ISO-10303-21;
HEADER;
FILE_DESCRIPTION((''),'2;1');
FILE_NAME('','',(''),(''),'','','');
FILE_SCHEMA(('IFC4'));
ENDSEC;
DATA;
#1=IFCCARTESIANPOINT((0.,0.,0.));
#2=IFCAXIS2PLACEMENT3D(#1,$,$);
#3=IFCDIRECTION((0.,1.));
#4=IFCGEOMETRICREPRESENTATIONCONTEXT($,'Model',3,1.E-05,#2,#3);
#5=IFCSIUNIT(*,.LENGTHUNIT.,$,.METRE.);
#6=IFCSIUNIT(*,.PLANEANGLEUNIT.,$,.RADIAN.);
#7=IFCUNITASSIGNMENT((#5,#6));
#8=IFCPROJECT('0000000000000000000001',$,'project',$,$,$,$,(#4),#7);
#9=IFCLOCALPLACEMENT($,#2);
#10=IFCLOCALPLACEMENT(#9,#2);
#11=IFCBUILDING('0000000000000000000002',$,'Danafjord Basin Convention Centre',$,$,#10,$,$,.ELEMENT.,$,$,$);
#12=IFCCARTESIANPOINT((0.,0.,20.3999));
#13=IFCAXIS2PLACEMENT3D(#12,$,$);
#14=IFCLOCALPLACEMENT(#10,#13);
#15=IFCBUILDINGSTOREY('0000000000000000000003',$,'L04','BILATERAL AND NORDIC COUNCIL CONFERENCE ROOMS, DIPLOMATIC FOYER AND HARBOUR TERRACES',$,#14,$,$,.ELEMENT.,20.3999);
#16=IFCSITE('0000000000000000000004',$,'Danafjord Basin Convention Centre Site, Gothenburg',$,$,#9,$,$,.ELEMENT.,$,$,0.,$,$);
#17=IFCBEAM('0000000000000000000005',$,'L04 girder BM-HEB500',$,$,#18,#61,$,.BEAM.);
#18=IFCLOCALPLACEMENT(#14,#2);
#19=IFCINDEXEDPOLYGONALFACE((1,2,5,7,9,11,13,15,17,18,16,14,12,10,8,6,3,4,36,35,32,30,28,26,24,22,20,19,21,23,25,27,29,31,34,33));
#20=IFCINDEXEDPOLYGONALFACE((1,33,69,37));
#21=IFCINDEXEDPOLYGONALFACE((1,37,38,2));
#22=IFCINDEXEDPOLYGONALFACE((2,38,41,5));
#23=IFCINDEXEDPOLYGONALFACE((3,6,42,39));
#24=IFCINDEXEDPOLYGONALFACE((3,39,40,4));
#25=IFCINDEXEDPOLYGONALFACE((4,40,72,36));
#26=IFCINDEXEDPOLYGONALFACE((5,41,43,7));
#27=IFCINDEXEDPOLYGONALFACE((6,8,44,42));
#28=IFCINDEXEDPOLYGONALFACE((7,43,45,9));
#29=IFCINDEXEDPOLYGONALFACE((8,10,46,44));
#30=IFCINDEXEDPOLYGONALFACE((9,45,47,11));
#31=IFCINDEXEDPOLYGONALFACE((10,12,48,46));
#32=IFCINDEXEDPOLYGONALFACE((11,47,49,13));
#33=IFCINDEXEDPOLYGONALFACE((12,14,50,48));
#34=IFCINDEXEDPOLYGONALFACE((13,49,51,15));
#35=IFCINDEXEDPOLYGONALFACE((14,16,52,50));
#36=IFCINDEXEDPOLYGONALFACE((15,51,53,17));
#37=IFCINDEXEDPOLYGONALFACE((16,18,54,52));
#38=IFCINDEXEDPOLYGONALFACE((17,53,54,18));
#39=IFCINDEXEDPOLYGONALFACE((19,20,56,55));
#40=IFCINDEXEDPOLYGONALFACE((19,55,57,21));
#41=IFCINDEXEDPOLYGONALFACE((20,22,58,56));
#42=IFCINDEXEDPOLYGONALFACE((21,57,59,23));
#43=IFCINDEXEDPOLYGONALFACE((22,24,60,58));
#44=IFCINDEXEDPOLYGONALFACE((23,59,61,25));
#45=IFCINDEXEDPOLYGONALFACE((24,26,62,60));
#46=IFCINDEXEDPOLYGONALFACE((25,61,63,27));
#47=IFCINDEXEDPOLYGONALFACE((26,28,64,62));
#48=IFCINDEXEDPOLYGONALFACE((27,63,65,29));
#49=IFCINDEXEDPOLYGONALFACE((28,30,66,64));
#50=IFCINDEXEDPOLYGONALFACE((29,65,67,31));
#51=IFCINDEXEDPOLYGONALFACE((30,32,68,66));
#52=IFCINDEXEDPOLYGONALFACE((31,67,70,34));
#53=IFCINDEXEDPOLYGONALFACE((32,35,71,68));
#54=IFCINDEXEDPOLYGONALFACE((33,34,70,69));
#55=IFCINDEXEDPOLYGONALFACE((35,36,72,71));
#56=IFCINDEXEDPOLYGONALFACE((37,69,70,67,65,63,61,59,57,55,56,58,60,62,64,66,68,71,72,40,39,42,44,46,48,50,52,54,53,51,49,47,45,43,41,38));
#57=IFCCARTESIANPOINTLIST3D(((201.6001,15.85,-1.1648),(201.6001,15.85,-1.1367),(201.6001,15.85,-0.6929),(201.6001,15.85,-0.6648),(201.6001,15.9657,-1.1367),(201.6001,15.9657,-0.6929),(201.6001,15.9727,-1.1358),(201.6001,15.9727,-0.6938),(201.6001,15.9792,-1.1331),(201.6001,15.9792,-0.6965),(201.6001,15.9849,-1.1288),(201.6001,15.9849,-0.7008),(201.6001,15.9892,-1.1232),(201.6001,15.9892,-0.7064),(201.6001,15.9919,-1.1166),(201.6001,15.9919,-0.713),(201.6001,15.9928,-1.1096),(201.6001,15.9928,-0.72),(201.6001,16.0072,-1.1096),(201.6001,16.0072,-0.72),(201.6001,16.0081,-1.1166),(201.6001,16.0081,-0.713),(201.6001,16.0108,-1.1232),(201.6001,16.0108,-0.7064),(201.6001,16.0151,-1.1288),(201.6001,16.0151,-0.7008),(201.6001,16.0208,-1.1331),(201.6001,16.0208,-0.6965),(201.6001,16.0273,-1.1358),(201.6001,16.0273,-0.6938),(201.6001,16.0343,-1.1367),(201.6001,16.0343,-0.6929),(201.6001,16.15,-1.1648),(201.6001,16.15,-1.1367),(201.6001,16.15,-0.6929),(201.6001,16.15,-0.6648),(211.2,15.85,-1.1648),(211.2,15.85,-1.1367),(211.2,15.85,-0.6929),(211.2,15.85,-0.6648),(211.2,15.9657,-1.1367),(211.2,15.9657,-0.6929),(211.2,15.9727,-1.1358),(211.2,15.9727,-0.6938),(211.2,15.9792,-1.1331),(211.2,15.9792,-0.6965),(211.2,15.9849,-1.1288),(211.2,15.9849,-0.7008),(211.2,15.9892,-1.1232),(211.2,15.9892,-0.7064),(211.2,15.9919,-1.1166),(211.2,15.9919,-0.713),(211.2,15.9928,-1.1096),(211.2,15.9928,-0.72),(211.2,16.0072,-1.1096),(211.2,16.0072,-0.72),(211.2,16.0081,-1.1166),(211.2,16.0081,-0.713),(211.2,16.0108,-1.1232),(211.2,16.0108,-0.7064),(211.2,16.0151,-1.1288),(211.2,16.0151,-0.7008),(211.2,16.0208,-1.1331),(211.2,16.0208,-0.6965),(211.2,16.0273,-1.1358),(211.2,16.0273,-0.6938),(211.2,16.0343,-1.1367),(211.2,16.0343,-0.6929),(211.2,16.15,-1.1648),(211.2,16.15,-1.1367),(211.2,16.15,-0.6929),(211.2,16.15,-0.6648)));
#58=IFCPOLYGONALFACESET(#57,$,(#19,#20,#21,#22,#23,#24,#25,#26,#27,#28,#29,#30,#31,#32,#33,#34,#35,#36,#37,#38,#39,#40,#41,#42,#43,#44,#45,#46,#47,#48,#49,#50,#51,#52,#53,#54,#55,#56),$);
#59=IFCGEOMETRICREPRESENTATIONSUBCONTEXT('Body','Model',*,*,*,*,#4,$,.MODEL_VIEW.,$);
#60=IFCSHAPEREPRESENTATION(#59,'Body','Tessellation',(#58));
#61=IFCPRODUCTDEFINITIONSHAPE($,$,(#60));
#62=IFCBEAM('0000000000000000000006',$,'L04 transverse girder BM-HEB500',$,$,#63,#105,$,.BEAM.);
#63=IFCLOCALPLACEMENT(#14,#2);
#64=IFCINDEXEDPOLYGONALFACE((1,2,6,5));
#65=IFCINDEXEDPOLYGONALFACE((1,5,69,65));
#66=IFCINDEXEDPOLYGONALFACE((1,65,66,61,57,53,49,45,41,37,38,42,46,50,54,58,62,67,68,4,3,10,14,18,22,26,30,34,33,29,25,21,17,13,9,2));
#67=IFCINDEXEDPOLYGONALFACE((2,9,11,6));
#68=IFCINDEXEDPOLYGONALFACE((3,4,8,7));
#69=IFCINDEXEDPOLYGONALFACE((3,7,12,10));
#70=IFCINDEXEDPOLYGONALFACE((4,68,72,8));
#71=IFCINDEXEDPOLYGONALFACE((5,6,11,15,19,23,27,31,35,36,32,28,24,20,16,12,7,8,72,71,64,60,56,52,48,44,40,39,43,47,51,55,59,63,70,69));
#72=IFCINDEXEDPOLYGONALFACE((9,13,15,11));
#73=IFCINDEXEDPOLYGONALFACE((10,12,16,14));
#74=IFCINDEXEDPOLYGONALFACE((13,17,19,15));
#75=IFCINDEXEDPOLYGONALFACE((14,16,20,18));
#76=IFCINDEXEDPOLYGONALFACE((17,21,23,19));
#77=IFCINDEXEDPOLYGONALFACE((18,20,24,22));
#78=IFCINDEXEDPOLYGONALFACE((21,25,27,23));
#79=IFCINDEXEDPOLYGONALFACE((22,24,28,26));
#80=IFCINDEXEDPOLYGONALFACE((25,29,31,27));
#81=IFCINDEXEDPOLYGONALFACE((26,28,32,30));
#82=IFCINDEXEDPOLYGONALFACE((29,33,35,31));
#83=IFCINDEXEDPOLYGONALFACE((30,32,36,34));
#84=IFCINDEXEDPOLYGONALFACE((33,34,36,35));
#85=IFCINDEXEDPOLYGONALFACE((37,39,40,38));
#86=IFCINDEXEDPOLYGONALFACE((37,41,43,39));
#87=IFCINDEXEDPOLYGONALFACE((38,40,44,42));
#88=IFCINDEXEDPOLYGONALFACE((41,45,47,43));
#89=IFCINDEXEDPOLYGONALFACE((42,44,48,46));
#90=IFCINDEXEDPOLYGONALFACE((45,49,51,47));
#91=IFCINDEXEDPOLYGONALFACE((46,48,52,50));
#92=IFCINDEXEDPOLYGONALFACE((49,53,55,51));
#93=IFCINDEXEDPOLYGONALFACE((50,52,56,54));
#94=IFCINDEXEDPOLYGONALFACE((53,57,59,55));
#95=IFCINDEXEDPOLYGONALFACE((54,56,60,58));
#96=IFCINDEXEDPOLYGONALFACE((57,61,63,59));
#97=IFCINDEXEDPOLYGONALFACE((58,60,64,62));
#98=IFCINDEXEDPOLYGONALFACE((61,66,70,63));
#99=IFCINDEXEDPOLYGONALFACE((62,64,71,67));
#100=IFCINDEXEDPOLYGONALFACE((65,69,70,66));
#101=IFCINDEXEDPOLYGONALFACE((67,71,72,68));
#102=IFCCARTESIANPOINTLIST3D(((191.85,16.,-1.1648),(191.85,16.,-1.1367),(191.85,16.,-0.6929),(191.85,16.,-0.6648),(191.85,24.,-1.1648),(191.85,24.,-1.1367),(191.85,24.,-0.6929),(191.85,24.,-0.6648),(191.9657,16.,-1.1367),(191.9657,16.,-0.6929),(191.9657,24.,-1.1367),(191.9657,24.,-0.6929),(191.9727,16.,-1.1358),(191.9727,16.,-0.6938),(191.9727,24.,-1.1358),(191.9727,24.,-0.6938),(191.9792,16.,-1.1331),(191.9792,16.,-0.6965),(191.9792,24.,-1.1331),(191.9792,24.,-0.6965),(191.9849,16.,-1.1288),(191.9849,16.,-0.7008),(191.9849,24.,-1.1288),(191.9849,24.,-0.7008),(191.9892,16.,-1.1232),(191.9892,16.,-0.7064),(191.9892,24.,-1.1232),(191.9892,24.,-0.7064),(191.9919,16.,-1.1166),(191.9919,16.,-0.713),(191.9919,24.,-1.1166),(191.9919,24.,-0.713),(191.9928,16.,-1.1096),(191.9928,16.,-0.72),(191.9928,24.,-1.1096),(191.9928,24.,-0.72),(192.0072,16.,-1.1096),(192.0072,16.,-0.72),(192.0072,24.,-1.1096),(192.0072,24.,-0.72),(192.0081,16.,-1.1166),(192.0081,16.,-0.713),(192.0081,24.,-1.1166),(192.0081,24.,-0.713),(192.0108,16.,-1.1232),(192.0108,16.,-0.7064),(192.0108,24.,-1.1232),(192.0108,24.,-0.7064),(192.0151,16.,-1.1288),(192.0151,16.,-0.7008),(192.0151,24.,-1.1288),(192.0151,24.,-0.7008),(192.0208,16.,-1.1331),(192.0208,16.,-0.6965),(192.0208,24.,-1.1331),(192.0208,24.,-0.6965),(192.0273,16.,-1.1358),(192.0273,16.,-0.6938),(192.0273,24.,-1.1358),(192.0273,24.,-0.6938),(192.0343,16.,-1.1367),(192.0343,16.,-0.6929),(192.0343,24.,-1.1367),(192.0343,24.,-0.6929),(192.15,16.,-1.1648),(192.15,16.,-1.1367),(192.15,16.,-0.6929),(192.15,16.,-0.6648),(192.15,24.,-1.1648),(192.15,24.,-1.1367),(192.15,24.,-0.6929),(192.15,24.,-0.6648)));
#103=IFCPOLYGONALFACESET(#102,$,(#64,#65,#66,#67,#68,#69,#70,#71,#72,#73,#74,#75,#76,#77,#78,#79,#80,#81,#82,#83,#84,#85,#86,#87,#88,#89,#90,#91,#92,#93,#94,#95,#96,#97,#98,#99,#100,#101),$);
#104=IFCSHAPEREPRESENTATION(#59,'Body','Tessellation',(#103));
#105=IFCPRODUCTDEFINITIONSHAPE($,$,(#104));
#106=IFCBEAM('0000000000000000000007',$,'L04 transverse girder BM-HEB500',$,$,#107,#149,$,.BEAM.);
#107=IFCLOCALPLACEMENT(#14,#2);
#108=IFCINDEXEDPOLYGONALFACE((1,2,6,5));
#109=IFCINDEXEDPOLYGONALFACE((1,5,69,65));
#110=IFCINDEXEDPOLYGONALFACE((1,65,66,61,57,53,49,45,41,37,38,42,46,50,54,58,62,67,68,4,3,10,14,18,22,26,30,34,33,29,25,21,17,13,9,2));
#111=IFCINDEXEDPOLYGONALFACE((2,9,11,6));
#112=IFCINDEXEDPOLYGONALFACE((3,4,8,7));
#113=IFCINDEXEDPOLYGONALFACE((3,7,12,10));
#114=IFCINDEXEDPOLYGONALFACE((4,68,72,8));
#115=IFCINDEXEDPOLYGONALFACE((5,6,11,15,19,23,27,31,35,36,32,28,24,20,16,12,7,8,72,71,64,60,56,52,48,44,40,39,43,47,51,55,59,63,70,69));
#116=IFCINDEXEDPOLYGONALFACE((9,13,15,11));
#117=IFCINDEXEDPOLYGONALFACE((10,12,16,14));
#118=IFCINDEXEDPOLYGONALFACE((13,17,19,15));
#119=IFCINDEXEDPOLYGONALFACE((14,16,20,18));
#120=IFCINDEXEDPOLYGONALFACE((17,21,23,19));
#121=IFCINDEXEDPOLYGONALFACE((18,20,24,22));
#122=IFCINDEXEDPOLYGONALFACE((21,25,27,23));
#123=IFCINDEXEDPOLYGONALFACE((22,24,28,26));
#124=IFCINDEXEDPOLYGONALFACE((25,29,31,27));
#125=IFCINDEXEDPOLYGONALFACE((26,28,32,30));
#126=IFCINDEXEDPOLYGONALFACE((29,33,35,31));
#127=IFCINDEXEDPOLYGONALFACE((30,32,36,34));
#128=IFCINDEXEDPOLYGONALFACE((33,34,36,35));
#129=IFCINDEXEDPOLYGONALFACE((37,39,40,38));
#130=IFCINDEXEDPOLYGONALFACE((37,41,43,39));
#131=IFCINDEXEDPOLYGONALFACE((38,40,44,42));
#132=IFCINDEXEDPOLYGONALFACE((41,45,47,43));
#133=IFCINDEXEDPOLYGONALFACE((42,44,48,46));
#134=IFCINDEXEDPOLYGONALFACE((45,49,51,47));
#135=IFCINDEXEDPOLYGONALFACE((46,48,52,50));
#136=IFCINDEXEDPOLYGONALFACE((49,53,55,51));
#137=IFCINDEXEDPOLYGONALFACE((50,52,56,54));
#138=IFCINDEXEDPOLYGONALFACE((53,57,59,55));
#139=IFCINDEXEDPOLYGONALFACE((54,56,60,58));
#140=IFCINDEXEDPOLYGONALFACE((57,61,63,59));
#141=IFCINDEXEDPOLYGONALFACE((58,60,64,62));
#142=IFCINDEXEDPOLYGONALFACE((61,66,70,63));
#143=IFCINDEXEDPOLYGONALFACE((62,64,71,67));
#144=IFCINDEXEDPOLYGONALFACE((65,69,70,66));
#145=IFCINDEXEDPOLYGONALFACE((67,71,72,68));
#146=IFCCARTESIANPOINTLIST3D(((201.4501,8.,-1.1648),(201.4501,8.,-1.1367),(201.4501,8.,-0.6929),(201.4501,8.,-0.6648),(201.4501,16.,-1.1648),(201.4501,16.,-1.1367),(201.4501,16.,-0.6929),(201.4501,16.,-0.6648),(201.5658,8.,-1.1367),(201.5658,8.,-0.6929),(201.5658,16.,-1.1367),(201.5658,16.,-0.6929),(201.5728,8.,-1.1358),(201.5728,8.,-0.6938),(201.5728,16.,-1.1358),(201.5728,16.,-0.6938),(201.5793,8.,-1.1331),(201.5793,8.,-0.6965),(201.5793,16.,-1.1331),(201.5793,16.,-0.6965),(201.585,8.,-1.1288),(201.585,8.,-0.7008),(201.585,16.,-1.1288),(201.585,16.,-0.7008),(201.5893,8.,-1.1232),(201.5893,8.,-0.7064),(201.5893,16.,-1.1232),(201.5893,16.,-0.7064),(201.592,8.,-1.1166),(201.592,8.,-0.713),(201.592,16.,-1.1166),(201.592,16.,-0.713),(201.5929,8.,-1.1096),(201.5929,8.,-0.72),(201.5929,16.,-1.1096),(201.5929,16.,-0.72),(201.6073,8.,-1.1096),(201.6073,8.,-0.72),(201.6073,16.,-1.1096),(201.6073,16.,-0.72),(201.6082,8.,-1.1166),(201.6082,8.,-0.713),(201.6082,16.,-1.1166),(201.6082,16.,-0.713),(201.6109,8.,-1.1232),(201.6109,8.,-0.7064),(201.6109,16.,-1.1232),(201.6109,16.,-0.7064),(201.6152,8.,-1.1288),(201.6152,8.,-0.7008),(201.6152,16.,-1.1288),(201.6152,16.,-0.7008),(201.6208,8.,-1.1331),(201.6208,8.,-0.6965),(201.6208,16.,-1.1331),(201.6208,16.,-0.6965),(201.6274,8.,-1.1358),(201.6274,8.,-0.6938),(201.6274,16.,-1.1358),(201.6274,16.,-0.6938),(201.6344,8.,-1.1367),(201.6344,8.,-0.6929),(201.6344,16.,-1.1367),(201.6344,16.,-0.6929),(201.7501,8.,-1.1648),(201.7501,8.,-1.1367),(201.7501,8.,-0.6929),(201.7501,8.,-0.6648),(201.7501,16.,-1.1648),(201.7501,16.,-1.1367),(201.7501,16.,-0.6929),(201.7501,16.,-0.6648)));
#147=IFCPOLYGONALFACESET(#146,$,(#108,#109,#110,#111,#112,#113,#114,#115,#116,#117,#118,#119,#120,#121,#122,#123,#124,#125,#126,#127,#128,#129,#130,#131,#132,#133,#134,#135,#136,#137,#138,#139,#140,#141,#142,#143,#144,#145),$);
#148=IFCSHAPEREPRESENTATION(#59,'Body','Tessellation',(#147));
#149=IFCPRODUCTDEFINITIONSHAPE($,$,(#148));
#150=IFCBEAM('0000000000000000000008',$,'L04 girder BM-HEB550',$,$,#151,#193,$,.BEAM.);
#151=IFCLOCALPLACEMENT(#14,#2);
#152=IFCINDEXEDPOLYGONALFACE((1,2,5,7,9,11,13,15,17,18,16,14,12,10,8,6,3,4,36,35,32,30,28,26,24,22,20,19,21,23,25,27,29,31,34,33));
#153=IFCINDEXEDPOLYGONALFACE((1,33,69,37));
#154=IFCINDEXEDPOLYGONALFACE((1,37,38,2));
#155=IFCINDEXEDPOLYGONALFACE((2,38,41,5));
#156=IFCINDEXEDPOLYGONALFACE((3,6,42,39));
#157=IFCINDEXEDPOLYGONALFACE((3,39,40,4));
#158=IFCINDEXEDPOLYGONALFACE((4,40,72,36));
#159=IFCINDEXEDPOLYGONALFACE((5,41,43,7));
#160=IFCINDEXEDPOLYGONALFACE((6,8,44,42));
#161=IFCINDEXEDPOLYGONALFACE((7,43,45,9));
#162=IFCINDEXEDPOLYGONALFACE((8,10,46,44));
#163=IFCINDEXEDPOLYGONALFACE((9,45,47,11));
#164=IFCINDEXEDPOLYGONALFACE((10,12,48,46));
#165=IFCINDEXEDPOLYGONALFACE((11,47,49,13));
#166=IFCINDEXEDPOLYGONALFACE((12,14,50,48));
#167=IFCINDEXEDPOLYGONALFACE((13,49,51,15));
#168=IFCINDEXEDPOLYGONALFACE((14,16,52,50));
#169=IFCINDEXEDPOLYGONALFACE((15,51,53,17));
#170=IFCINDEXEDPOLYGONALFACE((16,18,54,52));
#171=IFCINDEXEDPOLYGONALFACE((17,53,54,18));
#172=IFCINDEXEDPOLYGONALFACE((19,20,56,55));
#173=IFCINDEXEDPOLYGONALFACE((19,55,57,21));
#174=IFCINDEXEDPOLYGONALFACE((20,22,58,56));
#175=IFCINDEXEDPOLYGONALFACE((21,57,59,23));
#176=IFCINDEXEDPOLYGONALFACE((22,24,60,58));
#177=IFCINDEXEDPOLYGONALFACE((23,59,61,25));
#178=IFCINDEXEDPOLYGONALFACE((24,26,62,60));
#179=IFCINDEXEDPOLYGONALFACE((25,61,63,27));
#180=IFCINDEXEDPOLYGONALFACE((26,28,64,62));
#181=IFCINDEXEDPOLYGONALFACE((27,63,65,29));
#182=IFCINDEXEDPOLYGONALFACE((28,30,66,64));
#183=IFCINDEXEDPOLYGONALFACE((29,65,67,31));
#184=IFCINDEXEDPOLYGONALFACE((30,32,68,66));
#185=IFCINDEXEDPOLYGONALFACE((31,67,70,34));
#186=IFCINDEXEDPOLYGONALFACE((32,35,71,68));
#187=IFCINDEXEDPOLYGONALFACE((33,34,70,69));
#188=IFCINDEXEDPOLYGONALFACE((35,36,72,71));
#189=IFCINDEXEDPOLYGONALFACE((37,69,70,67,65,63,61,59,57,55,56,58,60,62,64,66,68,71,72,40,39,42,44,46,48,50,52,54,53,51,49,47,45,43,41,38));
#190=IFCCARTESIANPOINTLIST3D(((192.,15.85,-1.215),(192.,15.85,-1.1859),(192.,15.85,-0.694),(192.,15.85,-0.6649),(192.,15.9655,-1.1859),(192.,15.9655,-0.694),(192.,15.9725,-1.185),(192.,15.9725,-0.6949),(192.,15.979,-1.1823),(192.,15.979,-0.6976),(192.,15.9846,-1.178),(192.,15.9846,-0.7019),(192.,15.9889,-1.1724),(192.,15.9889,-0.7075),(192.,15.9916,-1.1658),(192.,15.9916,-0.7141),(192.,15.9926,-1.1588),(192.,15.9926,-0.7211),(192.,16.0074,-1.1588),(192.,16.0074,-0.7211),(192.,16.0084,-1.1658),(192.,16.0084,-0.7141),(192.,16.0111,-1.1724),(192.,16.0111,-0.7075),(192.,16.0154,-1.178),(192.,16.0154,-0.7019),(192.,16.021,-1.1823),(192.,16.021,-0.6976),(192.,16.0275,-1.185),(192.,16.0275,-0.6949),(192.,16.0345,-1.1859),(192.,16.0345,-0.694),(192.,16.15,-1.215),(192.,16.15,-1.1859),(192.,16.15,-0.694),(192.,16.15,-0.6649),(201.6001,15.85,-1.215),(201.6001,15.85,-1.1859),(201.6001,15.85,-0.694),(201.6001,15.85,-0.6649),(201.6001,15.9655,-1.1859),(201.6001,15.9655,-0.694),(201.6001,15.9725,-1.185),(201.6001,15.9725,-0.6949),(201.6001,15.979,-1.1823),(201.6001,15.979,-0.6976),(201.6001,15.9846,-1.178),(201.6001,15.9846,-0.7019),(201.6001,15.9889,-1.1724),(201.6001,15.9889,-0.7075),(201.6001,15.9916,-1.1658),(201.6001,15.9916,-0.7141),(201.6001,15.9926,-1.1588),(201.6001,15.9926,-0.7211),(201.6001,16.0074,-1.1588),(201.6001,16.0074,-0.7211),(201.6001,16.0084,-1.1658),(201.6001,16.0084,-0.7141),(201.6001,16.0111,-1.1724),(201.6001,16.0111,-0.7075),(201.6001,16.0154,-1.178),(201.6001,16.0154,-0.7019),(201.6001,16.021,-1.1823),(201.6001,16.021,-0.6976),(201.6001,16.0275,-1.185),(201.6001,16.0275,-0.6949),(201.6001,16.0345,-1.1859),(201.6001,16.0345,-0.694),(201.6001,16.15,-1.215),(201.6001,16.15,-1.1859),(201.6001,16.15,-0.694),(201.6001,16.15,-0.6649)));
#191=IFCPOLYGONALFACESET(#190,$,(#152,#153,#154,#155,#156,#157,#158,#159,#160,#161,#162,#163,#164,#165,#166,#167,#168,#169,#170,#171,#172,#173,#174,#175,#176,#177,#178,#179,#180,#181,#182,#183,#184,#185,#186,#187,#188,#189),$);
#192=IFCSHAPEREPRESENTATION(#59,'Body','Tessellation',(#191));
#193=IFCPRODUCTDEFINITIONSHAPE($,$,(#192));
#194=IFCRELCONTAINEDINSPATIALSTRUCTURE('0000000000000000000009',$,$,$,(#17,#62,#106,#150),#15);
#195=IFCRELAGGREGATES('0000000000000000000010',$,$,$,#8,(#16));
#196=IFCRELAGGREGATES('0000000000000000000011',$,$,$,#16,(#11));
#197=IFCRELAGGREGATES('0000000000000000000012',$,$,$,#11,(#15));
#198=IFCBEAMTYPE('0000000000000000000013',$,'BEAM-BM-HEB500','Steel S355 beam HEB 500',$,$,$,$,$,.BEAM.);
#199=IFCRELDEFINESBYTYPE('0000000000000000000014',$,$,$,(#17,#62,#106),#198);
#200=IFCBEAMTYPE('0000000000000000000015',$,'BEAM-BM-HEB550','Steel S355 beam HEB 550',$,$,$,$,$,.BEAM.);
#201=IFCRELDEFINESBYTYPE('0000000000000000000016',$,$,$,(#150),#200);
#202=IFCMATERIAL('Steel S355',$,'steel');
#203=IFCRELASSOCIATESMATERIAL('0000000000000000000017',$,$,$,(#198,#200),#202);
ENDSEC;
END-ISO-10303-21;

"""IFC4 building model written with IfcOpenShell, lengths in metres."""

from ifc_helpers import new_model, si_unit, direction, frame, origin, origin_2d, place, context, subcontext, project, spatial, i_section, extrude, material, material_profile, profile_set, type_object, element, save


model = new_model("IFC4")

# Units and contexts
model_context = context("Model", 3, precision=1e-05, world=origin(), true_north=direction((0.0, 1.0)))
body_context = subcontext(model_context, "Body", "Model", "MODEL_VIEW")
ifc_project = project(units=[si_unit("LENGTHUNIT", "METRE"), si_unit("PLANEANGLEUNIT", "RADIAN")], contexts=[model_context])

# Site, building, storey
site_placement = place(None, origin())
site = spatial("IfcSite", under=ifc_project, at=site_placement, Name="Danafjord Basin Convention Centre Site, Gothenburg", CompositionType="ELEMENT", RefElevation=0.0)
building_placement = place(site_placement, origin())
building = spatial("IfcBuilding", under=site, at=building_placement, Name="Danafjord Basin Convention Centre", CompositionType="ELEMENT")
storey_placement = place(building_placement, frame((0.0, 0.0, 20.3999)))
storey = spatial("IfcBuildingStorey", under=building, at=storey_placement, Name="L04", Description="BILATERAL AND NORDIC COUNCIL CONFERENCE ROOMS, DIPLOMATIC FOYER AND HARBOUR TERRACES", CompositionType="ELEMENT", Elevation=20.3999)

# Beams
ifc_material_1 = material(Name="Steel S355", Category="steel")
ifc_material_profile_1 = material_profile(ifc_material_1, i_section(OverallWidth=0.3, OverallDepth=0.5, WebThickness=0.0144, FlangeThickness=0.0281, FilletRadius=0.0271, at=origin_2d()), Name="HEB 500")
ifc_profile_set_1 = profile_set([ifc_material_profile_1], Name="Steel S355")
beam_type_1 = type_object("IfcBeamType", Name="BEAM-BM-HEB500", Description="Steel S355 beam HEB 500", PredefinedType="BEAM", material=ifc_profile_set_1)
beam_1_placement = place(storey_placement, frame((201.6001, 16.0, -0.9148), z_axis=(1.0, 0.0, 0.0), x_axis=(0.0, 1.0, 0.0)))
element("IfcBeam", 1, at=beam_1_placement, inside=storey, type_object=beam_type_1, Name="L04 girder BM-HEB500", PredefinedType="BEAM", context=body_context, shape_type="SweptSolid", body=[
    extrude(i_section(OverallWidth=0.3, OverallDepth=0.5, WebThickness=0.0144, FlangeThickness=0.0281, FilletRadius=0.0271, at=origin_2d()), origin(), (0.0, 0.0, 1.0), 9.5999),
])
for number, where, z_axis, x_axis, name in (
    (2, (192.0, 16.0, -0.9148), (0.0, 1.0, 0.0), (-1.0, 0.0, 0.0), "L04 transverse girder BM-HEB500"),
    (3, (201.6001, 8.0, -0.9148), (0.0, 1.0, 0.0), (-1.0, 0.0, 0.0), "L04 transverse girder BM-HEB500"),
):
    element("IfcBeam", number, at=place(storey_placement, frame(where, z_axis=z_axis, x_axis=x_axis)), inside=storey, type_object=beam_type_1, Name=name, PredefinedType="BEAM", context=body_context, shape_type="SweptSolid", body=[
        extrude(i_section(OverallWidth=0.3, OverallDepth=0.5, WebThickness=0.0144, FlangeThickness=0.0281, FilletRadius=0.0271, at=origin_2d()), origin(), (0.0, 0.0, 1.0), 8.0),
    ])
ifc_material_profile_2 = material_profile(ifc_material_1, i_section(OverallWidth=0.3, OverallDepth=0.55, WebThickness=0.0149, FlangeThickness=0.0291, FilletRadius=0.0271, at=origin_2d()), Name="HEB 550")
ifc_profile_set_2 = profile_set([ifc_material_profile_2], Name="Steel S355")
beam_type_2 = type_object("IfcBeamType", Name="BEAM-BM-HEB550", Description="Steel S355 beam HEB 550", PredefinedType="BEAM", material=ifc_profile_set_2)
beam_2_placement = place(storey_placement, frame((192.0, 16.0, -0.9399), z_axis=(1.0, 0.0, 0.0), x_axis=(0.0, 1.0, 0.0)))
element("IfcBeam", 4, at=beam_2_placement, inside=storey, type_object=beam_type_2, Name="L04 girder BM-HEB550", PredefinedType="BEAM", context=body_context, shape_type="SweptSolid", body=[
    extrude(i_section(OverallWidth=0.3, OverallDepth=0.55, WebThickness=0.0149, FlangeThickness=0.0291, FilletRadius=0.0271, at=origin_2d()), origin(), (0.0, 0.0, 1.0), 9.6001),
])

save(model, "model.ifc")
